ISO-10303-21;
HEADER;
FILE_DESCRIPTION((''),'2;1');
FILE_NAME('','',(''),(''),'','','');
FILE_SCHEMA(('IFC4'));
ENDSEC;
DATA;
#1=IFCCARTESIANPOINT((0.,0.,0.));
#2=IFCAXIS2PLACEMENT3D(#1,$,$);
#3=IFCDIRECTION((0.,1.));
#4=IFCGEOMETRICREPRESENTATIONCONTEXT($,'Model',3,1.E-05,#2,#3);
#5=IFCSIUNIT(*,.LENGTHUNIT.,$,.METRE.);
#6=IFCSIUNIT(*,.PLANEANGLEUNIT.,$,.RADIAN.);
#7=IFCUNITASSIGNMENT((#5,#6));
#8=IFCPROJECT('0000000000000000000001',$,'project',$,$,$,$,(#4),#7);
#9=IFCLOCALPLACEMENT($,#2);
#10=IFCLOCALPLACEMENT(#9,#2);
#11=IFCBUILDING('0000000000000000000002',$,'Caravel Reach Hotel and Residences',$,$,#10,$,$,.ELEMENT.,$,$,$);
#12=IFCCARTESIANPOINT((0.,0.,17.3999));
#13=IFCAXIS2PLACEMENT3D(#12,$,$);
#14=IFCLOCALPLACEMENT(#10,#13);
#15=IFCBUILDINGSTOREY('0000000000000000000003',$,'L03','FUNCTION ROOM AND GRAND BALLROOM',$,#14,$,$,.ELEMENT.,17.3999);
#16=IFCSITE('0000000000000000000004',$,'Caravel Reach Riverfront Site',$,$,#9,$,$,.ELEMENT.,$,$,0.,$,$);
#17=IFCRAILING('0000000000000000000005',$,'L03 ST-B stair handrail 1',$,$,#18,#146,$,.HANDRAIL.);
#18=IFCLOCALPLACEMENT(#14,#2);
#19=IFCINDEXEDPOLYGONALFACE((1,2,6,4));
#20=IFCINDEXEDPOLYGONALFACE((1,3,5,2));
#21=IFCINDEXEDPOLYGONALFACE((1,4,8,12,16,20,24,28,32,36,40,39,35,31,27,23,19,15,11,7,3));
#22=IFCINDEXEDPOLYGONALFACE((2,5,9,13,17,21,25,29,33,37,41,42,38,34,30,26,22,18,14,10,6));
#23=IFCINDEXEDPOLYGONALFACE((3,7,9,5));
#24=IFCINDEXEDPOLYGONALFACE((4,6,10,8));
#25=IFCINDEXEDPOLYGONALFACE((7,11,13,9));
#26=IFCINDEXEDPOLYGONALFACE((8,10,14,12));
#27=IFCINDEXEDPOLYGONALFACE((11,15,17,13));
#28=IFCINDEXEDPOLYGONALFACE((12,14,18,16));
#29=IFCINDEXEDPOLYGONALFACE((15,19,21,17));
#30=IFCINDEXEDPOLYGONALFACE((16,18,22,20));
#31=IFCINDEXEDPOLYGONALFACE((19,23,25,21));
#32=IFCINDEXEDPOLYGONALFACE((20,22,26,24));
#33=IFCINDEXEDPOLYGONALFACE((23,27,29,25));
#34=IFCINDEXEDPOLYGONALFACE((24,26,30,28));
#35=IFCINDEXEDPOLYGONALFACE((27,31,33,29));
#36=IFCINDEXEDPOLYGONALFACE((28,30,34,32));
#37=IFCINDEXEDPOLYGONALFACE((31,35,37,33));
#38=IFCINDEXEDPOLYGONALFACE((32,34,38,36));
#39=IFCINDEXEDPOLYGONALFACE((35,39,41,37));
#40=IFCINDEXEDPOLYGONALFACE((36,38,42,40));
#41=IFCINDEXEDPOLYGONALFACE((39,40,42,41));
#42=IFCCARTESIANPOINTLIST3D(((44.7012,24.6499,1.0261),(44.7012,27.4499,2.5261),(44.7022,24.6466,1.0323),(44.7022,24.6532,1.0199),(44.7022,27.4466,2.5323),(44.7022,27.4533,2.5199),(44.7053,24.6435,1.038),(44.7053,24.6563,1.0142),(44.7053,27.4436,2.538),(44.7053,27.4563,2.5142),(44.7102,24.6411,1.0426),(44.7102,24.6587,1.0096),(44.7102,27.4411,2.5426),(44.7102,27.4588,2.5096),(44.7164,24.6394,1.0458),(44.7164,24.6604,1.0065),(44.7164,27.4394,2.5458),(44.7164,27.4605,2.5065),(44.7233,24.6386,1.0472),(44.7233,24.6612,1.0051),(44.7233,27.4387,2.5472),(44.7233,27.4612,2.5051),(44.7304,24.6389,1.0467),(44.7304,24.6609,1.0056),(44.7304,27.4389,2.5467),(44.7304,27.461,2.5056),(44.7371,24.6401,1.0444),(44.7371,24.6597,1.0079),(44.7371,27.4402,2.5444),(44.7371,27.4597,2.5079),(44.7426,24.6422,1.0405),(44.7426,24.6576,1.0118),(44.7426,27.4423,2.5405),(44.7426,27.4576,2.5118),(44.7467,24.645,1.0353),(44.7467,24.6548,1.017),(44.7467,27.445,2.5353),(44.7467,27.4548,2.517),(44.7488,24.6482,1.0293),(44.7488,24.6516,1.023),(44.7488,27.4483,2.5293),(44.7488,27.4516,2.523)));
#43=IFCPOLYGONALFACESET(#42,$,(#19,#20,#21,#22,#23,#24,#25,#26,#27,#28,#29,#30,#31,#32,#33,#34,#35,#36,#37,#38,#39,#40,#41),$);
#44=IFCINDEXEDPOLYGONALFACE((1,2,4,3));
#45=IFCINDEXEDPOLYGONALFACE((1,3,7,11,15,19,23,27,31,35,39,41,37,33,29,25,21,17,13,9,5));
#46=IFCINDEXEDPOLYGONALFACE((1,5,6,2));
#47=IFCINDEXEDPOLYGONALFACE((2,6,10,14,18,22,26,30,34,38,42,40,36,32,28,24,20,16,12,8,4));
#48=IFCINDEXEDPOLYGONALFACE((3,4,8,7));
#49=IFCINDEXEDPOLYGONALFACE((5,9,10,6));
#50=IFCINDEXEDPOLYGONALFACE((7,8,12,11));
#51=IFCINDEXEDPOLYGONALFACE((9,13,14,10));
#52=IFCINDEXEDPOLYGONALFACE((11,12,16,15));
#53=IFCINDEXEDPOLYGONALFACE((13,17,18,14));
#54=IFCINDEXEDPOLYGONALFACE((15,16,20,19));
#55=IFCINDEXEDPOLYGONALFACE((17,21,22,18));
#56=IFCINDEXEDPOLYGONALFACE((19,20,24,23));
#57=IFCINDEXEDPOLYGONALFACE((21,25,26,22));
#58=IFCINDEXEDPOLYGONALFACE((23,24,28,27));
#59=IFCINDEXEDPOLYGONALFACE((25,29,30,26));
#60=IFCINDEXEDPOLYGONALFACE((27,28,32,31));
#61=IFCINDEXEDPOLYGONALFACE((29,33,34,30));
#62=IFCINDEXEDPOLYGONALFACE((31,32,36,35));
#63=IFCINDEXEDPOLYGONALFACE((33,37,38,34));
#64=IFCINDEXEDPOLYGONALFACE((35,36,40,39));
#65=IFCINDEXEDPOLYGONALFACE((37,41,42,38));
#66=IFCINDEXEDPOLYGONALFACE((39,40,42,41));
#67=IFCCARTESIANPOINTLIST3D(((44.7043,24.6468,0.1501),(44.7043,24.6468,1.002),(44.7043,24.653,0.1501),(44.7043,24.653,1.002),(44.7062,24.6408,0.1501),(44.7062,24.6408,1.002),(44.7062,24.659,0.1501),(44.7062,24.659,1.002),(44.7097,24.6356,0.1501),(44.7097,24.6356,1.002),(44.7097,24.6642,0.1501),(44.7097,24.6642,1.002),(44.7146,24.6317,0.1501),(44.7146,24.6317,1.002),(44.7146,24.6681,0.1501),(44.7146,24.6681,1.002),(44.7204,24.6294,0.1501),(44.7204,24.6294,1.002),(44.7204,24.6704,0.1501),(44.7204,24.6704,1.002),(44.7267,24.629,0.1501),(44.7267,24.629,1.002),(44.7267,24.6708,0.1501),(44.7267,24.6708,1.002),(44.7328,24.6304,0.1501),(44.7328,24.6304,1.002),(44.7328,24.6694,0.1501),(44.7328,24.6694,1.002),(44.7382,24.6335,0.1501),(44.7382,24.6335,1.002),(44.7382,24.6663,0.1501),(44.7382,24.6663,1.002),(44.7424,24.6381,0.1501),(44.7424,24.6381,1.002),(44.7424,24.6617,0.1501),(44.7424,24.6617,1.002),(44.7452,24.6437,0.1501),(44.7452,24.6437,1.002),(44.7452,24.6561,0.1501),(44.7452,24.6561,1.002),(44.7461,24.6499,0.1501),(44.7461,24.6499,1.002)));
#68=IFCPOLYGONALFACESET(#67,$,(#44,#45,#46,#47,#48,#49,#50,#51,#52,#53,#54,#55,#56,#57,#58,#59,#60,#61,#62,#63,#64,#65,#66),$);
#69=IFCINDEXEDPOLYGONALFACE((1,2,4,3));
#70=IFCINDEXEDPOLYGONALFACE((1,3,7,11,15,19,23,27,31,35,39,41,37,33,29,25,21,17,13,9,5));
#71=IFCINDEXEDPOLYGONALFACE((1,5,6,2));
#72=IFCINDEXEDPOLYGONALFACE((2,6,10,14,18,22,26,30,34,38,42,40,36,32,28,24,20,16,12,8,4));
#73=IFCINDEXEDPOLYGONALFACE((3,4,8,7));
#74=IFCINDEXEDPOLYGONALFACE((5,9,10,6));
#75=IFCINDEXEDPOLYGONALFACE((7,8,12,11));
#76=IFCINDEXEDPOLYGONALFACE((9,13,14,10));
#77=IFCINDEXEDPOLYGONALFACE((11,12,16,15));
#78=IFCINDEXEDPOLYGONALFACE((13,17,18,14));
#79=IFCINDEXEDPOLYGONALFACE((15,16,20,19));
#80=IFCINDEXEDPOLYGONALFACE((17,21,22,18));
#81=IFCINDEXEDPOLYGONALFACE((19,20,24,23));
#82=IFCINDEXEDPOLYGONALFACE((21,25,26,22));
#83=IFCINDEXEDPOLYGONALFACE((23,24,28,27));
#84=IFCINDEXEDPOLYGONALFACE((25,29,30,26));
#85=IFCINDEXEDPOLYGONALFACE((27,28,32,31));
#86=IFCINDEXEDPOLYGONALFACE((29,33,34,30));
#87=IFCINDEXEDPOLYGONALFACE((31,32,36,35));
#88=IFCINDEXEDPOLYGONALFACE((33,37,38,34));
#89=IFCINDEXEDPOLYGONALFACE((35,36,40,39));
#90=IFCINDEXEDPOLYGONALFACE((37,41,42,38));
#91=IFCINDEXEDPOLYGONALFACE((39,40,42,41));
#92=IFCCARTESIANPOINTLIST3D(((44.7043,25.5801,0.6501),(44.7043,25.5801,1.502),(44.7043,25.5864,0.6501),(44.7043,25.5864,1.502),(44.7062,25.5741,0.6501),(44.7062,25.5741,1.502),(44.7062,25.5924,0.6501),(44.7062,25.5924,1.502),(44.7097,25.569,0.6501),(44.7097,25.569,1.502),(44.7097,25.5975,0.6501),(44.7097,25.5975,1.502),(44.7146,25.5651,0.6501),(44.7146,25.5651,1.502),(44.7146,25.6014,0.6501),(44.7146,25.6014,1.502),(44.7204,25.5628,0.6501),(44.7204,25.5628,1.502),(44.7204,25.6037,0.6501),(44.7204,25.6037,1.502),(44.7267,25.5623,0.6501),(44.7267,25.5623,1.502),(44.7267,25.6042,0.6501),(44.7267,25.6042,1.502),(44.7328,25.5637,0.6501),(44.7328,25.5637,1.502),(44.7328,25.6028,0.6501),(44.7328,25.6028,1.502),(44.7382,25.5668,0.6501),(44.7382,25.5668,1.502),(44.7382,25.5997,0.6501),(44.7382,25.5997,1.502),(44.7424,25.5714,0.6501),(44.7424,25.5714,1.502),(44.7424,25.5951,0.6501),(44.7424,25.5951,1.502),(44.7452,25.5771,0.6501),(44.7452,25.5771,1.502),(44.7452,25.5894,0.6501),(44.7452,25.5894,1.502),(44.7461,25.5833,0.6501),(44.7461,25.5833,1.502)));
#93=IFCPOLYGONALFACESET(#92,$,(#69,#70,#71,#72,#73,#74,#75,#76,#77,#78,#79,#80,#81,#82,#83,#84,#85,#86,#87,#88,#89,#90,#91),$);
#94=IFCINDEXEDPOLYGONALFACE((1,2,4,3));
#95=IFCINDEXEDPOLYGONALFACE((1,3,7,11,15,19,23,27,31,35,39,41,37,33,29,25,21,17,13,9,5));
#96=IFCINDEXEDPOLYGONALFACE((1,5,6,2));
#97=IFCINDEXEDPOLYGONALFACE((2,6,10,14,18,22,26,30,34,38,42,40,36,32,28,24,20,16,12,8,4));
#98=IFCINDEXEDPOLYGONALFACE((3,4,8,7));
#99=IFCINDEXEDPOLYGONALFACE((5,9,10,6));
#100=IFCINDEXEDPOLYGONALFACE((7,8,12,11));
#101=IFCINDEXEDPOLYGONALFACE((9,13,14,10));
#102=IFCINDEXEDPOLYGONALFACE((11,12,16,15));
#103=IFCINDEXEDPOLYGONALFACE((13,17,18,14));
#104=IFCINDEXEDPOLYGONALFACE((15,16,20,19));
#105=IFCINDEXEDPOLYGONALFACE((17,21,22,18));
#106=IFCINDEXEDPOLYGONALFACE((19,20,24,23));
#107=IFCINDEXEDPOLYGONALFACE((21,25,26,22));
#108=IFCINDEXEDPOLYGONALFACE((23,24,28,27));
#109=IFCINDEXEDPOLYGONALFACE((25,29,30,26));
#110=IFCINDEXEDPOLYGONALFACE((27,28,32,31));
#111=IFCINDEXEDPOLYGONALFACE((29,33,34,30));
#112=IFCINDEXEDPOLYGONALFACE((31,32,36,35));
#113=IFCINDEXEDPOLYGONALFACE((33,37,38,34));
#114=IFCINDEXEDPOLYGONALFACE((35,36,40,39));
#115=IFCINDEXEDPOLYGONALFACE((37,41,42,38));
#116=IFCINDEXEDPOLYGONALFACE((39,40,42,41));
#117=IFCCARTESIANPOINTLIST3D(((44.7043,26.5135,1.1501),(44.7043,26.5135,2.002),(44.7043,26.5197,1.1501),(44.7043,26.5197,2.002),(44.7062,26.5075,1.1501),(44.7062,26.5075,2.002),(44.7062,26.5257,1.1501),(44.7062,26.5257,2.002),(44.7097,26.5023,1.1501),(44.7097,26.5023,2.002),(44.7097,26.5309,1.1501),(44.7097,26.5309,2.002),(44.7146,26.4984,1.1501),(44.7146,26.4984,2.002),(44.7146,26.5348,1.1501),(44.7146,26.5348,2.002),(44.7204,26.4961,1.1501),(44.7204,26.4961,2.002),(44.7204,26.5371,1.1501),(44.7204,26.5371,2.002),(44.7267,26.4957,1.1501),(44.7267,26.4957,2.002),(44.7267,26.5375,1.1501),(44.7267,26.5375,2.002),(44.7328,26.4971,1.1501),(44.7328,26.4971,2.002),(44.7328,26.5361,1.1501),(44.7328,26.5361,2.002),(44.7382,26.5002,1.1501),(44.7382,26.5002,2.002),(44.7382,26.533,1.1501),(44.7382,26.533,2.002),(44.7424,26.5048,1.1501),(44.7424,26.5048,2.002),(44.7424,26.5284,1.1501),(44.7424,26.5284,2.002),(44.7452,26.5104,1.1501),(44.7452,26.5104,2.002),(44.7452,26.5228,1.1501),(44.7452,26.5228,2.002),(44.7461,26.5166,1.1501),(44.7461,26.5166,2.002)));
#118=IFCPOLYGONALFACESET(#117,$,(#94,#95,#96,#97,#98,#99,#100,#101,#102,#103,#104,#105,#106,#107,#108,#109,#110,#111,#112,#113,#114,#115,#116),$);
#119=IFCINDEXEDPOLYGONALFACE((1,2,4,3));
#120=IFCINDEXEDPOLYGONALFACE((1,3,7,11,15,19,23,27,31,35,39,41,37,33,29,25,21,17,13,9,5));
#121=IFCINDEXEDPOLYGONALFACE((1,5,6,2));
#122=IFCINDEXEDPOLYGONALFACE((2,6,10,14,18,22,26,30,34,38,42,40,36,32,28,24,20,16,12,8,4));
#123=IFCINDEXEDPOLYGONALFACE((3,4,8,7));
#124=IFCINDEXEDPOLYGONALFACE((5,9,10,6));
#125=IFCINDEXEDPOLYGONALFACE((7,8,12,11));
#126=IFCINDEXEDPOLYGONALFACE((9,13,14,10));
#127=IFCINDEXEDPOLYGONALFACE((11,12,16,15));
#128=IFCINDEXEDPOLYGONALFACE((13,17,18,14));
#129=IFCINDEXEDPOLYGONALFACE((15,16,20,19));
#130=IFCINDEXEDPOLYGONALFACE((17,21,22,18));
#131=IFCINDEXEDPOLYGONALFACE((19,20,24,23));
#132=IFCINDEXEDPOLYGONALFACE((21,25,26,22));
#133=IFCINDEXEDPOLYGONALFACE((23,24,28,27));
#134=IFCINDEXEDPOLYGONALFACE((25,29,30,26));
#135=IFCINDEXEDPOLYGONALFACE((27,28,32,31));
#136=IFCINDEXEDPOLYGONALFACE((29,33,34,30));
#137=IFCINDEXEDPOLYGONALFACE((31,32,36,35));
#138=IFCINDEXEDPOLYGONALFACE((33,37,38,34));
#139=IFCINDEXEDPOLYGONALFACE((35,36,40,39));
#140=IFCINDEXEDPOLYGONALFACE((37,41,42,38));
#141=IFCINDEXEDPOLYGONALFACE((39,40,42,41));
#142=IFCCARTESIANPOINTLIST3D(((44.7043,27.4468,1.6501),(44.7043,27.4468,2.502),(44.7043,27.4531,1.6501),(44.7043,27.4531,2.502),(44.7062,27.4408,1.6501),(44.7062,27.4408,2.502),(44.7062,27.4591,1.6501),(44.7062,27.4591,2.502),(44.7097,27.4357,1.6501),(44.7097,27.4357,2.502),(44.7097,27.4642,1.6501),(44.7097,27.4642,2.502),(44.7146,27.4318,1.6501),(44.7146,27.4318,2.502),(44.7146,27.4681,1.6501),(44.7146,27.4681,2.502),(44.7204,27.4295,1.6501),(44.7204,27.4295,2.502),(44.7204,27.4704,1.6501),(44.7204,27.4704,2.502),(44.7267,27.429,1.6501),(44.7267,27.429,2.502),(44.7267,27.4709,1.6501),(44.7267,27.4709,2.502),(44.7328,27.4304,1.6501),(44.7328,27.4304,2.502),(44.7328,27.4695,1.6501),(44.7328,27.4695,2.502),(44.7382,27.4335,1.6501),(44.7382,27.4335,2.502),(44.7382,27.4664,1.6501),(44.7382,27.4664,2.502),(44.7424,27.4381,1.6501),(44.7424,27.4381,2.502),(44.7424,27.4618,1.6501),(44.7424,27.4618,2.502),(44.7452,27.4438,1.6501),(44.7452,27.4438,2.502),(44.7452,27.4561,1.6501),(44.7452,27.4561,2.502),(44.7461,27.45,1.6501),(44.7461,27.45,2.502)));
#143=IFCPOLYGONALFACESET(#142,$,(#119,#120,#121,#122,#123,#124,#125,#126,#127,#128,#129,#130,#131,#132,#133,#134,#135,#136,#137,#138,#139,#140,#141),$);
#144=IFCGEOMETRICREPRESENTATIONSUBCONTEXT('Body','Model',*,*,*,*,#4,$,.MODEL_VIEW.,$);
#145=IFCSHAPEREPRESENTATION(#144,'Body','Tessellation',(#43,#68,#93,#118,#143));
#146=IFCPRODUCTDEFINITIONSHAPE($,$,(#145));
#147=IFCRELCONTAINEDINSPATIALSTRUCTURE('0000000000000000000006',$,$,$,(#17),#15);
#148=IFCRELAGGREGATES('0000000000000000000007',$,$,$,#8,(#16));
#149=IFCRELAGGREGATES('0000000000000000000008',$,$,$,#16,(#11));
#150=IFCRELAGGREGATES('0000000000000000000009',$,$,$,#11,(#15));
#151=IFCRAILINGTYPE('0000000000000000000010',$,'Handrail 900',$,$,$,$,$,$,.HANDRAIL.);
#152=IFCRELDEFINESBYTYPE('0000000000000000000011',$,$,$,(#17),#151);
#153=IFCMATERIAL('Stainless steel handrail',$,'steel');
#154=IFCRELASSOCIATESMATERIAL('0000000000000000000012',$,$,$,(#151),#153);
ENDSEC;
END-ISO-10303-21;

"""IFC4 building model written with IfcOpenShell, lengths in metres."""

from ifc_helpers import new_model, si_unit, direction, frame, origin, origin_2d, place, context, subcontext, project, spatial, circle, extrude, material, type_object, element, save


model = new_model("IFC4")

# Units and contexts
model_context = context("Model", 3, precision=1e-05, world=origin(), true_north=direction((0.0, 1.0)))
body_context = subcontext(model_context, "Body", "Model", "MODEL_VIEW")
ifc_project = project(units=[si_unit("LENGTHUNIT", "METRE"), si_unit("PLANEANGLEUNIT", "RADIAN")], contexts=[model_context])

# Site, building, storey
site_placement = place(None, origin())
site = spatial("IfcSite", under=ifc_project, at=site_placement, Name="Caravel Reach Riverfront Site", CompositionType="ELEMENT", RefElevation=0.0)
building_placement = place(site_placement, origin())
building = spatial("IfcBuilding", under=site, at=building_placement, Name="Caravel Reach Hotel and Residences", CompositionType="ELEMENT")
storey_placement = place(building_placement, frame((0.0, 0.0, 17.3999)))
storey = spatial("IfcBuildingStorey", under=building, at=storey_placement, Name="L03", Description="FUNCTION ROOM AND GRAND BALLROOM", CompositionType="ELEMENT", Elevation=17.3999)

# Railing
ifc_material_1 = material(Name="Stainless steel handrail", Category="steel")
railing_type_1 = type_object("IfcRailingType", Name="Handrail 900", PredefinedType="HANDRAIL", material=ifc_material_1)
for number, where, name in (
    (1, (44.7251, 24.6499, 0.1501), "L03 ST-B stair handrail 1"),
):
    element("IfcRailing", number, at=place(storey_placement, frame(where)), inside=storey, type_object=railing_type_1, Name=name, PredefinedType="HANDRAIL", context=body_context, shape_type="SweptSolid", body=[
        extrude(circle(Radius=0.0239, at=origin_2d()), frame((0.0, 0.0, 0.876), z_axis=(0.0, 0.881483, 0.472215), x_axis=(-1.0, 0.0, 0.0)), (0.0, 0.0, 1.0), 3.1765),
        extrude(circle(Radius=0.021, at=origin_2d()), origin(), (0.0, 0.0, 1.0), 0.8518),
        extrude(circle(Radius=0.021, at=origin_2d()), frame((0.0, 0.9333, 0.5)), (0.0, 0.0, 1.0), 0.8518),
        extrude(circle(Radius=0.021, at=origin_2d()), frame((0.0, 1.8667, 1.0)), (0.0, 0.0, 1.0), 0.8518),
        extrude(circle(Radius=0.021, at=origin_2d()), frame((0.0, 2.8, 1.5)), (0.0, 0.0, 1.0), 0.8518),
    ])

save(model, "model.ifc")
